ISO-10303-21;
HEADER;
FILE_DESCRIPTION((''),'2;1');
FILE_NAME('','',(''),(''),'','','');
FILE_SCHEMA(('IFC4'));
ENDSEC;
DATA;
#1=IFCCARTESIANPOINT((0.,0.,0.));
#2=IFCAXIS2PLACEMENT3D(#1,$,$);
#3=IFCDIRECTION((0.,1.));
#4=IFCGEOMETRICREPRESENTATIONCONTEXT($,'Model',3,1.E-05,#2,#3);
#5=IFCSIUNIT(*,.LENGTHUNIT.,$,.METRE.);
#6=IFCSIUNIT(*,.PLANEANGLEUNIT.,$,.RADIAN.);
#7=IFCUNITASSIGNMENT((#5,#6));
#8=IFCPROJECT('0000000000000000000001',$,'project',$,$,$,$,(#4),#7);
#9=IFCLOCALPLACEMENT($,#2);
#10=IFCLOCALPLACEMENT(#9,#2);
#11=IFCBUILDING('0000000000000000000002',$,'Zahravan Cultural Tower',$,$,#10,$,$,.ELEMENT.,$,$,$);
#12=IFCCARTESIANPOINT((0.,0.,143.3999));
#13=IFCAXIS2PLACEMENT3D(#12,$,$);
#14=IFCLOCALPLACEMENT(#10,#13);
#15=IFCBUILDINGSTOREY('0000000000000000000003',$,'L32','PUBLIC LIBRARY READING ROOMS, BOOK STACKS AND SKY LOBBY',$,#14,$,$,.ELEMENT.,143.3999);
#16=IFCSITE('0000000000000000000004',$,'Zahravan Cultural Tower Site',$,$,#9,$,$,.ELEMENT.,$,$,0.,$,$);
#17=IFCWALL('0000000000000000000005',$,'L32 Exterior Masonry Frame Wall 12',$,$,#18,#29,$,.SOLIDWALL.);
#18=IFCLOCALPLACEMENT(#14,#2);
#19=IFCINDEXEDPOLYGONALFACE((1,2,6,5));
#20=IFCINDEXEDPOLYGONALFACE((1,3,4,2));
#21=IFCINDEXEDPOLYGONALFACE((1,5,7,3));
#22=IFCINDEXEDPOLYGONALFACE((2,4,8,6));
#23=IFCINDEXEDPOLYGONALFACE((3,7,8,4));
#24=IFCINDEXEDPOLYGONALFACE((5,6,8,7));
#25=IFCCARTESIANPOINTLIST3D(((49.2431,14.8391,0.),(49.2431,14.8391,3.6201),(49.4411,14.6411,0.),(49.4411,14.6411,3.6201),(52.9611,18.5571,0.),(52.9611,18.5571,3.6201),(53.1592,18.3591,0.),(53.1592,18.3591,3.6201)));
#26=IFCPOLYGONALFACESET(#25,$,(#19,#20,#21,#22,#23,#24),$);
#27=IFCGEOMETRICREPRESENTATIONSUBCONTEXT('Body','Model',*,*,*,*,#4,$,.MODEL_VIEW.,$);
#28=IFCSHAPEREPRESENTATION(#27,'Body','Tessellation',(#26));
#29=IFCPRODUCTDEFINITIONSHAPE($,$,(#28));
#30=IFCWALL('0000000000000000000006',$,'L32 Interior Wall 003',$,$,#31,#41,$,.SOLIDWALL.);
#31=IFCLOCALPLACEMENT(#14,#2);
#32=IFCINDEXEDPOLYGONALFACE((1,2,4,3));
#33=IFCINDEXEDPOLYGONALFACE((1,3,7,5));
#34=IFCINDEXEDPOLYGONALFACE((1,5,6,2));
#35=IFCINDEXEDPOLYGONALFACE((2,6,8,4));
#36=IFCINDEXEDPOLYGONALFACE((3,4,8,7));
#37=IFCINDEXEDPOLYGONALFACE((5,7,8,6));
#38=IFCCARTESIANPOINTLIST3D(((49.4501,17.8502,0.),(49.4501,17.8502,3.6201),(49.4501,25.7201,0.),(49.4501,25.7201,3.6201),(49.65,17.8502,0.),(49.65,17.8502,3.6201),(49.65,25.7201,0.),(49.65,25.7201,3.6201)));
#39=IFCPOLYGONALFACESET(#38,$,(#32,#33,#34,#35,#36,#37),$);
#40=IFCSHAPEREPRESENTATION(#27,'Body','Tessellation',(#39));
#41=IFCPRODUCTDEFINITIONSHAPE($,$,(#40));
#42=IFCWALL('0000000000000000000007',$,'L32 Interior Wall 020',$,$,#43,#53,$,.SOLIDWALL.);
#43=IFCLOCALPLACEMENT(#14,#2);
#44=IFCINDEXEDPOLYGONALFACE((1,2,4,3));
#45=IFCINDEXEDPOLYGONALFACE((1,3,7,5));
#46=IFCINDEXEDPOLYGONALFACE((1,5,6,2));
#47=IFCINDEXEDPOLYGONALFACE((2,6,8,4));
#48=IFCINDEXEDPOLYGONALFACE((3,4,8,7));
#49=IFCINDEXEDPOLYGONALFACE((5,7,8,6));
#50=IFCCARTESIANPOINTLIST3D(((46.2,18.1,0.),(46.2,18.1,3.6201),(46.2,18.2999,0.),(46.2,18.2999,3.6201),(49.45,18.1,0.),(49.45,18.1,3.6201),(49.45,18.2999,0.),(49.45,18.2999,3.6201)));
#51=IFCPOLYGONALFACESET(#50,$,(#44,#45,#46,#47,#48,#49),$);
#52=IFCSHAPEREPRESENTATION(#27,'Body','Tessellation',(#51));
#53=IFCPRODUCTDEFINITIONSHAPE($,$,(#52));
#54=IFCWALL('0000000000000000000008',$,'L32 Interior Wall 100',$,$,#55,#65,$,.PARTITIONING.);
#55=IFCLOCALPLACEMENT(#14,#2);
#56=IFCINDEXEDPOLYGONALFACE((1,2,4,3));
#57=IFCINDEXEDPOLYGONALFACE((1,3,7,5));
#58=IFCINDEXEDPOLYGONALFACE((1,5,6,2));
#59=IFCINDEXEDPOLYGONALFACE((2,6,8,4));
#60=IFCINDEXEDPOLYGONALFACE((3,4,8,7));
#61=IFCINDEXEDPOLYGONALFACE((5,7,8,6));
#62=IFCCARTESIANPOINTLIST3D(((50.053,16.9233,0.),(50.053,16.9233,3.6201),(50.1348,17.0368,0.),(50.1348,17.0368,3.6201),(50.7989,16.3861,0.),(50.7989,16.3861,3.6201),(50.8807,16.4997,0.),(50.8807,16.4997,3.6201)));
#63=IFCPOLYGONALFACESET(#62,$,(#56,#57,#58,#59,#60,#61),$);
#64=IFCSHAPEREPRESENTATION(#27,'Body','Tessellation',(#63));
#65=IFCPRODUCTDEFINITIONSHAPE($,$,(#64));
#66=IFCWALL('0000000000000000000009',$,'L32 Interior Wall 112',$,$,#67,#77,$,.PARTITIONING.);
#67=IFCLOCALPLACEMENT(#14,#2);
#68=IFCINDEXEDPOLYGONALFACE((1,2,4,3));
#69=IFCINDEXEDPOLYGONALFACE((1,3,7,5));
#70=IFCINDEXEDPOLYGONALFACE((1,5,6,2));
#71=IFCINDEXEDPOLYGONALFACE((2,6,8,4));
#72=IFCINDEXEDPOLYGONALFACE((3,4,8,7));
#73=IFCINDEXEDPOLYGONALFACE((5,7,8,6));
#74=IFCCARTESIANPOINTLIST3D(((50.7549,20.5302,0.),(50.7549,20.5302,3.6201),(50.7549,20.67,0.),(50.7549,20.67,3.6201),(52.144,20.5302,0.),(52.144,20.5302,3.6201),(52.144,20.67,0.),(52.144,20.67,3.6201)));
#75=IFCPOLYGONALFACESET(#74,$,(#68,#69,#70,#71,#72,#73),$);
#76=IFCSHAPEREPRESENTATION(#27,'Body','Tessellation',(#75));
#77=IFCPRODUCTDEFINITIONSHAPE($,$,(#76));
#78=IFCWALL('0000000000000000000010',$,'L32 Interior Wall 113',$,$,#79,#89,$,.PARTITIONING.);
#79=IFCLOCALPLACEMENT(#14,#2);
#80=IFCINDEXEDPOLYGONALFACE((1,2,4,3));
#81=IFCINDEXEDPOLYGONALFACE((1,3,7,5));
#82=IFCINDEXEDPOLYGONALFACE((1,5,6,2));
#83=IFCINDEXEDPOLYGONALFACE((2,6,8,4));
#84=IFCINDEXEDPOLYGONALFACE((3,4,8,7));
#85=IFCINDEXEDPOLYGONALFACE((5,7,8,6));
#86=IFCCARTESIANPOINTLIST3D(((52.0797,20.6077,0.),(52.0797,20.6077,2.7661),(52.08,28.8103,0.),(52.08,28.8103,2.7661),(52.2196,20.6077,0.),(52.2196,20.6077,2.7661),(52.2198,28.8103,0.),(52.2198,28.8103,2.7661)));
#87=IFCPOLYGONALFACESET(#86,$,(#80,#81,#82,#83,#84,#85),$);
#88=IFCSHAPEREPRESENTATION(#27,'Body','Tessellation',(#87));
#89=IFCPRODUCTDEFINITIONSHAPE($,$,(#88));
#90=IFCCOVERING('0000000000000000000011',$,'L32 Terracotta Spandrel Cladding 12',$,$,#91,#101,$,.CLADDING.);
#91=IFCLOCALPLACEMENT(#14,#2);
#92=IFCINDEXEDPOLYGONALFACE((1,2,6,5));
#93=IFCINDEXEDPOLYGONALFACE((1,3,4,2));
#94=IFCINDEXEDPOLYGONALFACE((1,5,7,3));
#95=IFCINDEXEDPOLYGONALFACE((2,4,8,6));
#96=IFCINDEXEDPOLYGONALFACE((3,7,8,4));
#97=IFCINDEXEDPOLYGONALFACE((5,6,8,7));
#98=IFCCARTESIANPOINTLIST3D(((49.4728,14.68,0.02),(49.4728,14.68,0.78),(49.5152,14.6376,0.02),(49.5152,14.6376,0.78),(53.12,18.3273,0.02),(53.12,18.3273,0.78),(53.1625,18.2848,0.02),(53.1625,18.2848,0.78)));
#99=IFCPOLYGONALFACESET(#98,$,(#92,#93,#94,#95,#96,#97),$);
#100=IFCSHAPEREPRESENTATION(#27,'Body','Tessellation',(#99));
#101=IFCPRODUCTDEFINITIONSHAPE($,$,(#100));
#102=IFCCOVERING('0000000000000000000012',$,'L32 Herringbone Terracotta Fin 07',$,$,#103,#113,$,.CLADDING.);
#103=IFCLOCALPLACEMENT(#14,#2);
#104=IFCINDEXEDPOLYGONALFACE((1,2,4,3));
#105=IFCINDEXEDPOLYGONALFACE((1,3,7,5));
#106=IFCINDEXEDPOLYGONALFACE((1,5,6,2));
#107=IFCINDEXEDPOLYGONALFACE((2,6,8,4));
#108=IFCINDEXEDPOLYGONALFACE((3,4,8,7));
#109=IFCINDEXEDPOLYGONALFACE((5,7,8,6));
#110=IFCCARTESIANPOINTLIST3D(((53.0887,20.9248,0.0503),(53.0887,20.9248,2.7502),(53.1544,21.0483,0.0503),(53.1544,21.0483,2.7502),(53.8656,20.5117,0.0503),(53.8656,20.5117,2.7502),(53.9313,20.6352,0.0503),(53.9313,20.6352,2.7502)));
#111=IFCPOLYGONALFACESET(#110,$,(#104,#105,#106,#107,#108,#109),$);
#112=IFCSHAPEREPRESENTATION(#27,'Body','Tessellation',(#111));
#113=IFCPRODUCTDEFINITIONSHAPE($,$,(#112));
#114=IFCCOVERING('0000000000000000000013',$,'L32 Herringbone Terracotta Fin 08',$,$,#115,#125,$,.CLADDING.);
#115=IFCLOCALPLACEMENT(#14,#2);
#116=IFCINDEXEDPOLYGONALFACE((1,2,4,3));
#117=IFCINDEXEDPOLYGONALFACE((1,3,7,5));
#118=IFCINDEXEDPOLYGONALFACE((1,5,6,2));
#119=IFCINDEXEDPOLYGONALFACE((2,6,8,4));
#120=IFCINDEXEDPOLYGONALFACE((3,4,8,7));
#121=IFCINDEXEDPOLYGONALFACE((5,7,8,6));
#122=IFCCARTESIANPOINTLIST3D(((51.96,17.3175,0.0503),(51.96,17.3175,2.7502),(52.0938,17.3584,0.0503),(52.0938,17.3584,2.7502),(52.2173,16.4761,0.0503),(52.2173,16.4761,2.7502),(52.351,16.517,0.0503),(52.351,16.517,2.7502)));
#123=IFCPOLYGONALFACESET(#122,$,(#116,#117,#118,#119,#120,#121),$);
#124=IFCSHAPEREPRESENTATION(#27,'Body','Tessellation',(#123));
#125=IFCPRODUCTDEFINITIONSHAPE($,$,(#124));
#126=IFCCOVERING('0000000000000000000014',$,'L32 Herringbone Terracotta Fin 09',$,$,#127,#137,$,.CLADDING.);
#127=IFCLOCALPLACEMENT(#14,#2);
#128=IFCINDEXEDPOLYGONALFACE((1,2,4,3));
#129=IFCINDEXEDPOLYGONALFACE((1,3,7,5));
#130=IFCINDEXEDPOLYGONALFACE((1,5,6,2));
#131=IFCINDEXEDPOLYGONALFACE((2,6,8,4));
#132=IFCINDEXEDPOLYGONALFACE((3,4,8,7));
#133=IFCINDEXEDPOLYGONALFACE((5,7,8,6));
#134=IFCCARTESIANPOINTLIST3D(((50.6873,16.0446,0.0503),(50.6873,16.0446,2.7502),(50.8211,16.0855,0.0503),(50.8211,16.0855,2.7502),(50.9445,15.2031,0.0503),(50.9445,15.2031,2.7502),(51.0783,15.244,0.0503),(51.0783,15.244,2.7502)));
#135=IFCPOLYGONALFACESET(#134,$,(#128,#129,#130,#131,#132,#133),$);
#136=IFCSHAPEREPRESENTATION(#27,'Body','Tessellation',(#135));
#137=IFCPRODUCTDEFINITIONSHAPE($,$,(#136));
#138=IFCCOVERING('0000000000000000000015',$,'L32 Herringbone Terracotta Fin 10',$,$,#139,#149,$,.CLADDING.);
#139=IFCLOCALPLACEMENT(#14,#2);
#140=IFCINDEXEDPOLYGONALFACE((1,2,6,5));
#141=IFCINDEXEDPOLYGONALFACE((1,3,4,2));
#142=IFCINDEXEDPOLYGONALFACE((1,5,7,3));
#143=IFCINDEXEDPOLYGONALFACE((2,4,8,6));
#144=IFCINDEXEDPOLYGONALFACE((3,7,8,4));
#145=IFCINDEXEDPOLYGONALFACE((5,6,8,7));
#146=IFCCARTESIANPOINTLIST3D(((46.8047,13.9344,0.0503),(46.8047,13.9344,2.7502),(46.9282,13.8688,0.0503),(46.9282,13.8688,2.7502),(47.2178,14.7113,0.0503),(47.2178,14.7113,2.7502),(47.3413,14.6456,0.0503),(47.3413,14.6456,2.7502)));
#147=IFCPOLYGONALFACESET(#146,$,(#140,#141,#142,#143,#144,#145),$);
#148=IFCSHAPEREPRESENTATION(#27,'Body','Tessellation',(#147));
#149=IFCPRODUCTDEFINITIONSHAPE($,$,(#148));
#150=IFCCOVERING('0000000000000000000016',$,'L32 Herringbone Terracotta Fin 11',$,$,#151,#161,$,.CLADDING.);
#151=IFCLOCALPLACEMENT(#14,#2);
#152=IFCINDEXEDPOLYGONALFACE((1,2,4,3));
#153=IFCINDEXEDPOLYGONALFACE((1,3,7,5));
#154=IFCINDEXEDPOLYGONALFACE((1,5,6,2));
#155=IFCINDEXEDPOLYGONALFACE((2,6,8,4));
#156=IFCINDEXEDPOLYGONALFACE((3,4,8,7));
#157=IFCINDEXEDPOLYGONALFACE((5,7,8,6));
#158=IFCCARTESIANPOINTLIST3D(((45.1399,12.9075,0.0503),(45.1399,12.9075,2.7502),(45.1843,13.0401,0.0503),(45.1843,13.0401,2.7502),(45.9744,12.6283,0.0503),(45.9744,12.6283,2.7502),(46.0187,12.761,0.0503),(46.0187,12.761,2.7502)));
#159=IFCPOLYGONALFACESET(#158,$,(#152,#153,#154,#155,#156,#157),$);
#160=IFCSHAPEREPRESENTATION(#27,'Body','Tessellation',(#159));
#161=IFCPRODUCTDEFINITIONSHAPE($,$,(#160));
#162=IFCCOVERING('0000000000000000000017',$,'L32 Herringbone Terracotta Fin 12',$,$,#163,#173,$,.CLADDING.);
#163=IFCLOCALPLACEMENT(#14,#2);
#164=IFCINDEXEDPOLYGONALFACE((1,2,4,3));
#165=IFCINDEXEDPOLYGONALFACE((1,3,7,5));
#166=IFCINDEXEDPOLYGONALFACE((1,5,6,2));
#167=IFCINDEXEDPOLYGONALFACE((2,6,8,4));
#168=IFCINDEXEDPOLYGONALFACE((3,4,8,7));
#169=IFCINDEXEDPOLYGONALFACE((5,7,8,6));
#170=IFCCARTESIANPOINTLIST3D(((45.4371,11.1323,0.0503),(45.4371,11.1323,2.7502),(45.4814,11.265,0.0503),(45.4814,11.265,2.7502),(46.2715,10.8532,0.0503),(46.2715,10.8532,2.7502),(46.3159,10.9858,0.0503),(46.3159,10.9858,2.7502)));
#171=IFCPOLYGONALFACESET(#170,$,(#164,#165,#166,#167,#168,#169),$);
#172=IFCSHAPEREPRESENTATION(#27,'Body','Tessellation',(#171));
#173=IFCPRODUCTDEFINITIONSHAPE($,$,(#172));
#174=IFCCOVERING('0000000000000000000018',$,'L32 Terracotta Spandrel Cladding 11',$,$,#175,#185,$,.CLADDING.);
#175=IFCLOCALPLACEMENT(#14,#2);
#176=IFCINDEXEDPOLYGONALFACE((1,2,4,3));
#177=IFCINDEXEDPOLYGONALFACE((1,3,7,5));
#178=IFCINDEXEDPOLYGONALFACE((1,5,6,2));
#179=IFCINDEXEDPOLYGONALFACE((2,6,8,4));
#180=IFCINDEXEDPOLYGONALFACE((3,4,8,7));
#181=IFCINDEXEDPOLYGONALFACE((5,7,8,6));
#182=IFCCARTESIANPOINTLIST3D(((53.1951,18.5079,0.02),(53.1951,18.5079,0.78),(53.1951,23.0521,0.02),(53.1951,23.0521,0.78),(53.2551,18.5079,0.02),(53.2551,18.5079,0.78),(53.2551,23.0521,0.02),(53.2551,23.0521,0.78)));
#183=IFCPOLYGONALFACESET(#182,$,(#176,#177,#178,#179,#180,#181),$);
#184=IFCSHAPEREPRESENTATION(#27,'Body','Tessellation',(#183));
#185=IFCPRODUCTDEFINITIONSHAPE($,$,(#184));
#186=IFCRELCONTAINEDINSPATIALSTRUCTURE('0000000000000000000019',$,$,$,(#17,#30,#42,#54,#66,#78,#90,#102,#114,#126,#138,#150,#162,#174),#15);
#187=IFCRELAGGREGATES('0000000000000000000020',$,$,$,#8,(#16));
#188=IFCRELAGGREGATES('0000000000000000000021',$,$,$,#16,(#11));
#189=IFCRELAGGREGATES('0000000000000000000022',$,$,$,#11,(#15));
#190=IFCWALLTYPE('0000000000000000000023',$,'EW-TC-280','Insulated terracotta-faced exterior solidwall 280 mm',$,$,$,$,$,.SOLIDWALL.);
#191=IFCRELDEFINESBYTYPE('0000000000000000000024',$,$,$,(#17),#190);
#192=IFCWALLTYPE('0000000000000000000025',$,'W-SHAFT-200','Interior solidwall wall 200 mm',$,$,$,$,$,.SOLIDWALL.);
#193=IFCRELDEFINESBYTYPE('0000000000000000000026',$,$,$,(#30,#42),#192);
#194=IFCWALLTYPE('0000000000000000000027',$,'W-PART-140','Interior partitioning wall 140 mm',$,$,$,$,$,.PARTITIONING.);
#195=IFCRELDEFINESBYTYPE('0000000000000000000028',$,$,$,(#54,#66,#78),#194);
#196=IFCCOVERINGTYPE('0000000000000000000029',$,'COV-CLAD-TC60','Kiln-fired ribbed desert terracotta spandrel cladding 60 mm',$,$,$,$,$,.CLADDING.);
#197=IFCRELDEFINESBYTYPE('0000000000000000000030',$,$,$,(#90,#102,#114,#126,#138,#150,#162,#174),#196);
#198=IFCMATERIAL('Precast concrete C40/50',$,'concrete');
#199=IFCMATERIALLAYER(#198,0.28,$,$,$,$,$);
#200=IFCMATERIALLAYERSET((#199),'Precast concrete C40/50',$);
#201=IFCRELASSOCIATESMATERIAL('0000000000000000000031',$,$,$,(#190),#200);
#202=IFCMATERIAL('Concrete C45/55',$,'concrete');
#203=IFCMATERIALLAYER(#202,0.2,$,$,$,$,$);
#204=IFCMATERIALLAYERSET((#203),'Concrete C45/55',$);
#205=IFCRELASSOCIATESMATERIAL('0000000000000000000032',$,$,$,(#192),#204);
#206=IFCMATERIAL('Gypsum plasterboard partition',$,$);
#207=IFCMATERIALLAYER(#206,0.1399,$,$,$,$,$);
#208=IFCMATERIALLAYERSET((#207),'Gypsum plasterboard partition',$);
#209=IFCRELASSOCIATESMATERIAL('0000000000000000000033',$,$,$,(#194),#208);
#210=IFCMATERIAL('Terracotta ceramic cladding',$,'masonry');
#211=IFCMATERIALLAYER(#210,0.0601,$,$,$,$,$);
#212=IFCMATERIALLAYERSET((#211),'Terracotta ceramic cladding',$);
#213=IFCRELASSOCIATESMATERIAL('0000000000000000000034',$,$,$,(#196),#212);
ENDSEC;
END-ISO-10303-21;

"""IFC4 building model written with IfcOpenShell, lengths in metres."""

from ifc_helpers import new_model, si_unit, direction, frame, frame_2d, origin, origin_2d, place, context, subcontext, project, spatial, rectangle, extrude, source, transform, mapped, material, layer, layer_set, type_object, element, save


model = new_model("IFC4")

# Units and contexts
model_context = context("Model", 3, precision=1e-05, world=origin(), true_north=direction((0.0, 1.0)))
body_context = subcontext(model_context, "Body", "Model", "MODEL_VIEW")
ifc_project = project(units=[si_unit("LENGTHUNIT", "METRE"), si_unit("PLANEANGLEUNIT", "RADIAN")], contexts=[model_context])

# Site, building, storey
site_placement = place(None, origin())
site = spatial("IfcSite", under=ifc_project, at=site_placement, Name="Zahravan Cultural Tower Site", CompositionType="ELEMENT", RefElevation=0.0)
building_placement = place(site_placement, origin())
building = spatial("IfcBuilding", under=site, at=building_placement, Name="Zahravan Cultural Tower", CompositionType="ELEMENT")
storey_placement = place(building_placement, frame((0.0, 0.0, 143.3999)))
storey = spatial("IfcBuildingStorey", under=building, at=storey_placement, Name="L32", Description="PUBLIC LIBRARY READING ROOMS, BOOK STACKS AND SKY LOBBY", CompositionType="ELEMENT", Elevation=143.3999)

# Shared definitions
ifc_material_1 = material(Name="Precast concrete C40/50", Category="concrete")
ifc_layer_1 = layer(ifc_material_1, 0.28)
ifc_layer_set_1 = layer_set([ifc_layer_1], Name="Precast concrete C40/50")
wall_type_1 = type_object("IfcWallType", Name="EW-TC-280", Description="Insulated terracotta-faced exterior solidwall 280 mm", PredefinedType="SOLIDWALL", material=ifc_layer_set_1)

# Shared definitions
ifc_material_2 = material(Name="Concrete C45/55", Category="concrete")
ifc_layer_2 = layer(ifc_material_2, 0.2)
ifc_layer_set_2 = layer_set([ifc_layer_2], Name="Concrete C45/55")
wall_type_2 = type_object("IfcWallType", Name="W-SHAFT-200", Description="Interior solidwall wall 200 mm", PredefinedType="SOLIDWALL", material=ifc_layer_set_2)

# Walls
shared_shape_1 = source(origin(), body_context, "Body", "SweptSolid", [
    extrude(rectangle(XDim=5.2581, YDim=0.28, at=frame_2d((2.6289, 0.0))), origin(), (0.0, 0.0, 1.0), 3.6201),
])
wall_1_placement = place(storey_placement, frame((53.0601, 18.458, 0.0), z_axis=(0.0, 0.0, 1.0), x_axis=(-0.707107, -0.707107, 0.0)))
element("IfcWall", 1, at=wall_1_placement, inside=storey, type_object=wall_type_1, Name="L32 Exterior Masonry Frame Wall 12", PredefinedType="SOLIDWALL", context=body_context, shape_type="MappedRepresentation", body=[
    mapped(shared_shape_1, transform((0.0, 0.0, 0.0), x_axis=(1.0, 0.0, 0.0), y_axis=(0.0, 1.0, 0.0), z_axis=(0.0, 0.0, 1.0), scale=1.0)),
])
shared_shape_2 = source(origin(), body_context, "Body", "SweptSolid", [
    extrude(rectangle(XDim=7.8699, YDim=0.2, at=frame_2d((3.9351, 0.0))), origin(), (0.0, 0.0, 1.0), 3.6201),
])
wall_2_placement = place(storey_placement, frame((49.55, 17.8501, 0.0), z_axis=(0.0, 0.0, 1.0), x_axis=(0.0, 1.0, 0.0)))
element("IfcWall", 2, at=wall_2_placement, inside=storey, type_object=wall_type_2, Name="L32 Interior Wall 003", PredefinedType="SOLIDWALL", context=body_context, shape_type="MappedRepresentation", body=[
    mapped(shared_shape_2, transform((0.0, 0.0, 0.0), x_axis=(1.0, 0.0, 0.0), y_axis=(0.0, 1.0, 0.0), z_axis=(0.0, 0.0, 1.0), scale=1.0)),
])
shared_shape_3 = source(origin(), body_context, "Body", "SweptSolid", [
    extrude(rectangle(XDim=3.25, YDim=0.2, at=frame_2d((1.625, 0.0))), origin(), (0.0, 0.0, 1.0), 3.6201),
])
wall_3_placement = place(storey_placement, frame((46.2, 18.2, 0.0), z_axis=(0.0, 0.0, 1.0), x_axis=(1.0, 0.0, 0.0)))
element("IfcWall", 3, at=wall_3_placement, inside=storey, type_object=wall_type_2, Name="L32 Interior Wall 020", PredefinedType="SOLIDWALL", context=body_context, shape_type="MappedRepresentation", body=[
    mapped(shared_shape_3, transform((0.0, 0.0, 0.0), x_axis=(1.0, 0.0, 0.0), y_axis=(0.0, 1.0, 0.0), z_axis=(0.0, 0.0, 1.0), scale=1.0)),
])
ifc_material_3 = material(Name="Gypsum plasterboard partition")
ifc_layer_3 = layer(ifc_material_3, 0.1399)
ifc_layer_set_3 = layer_set([ifc_layer_3], Name="Gypsum plasterboard partition")
wall_type_3 = type_object("IfcWallType", Name="W-PART-140", Description="Interior partitioning wall 140 mm", PredefinedType="PARTITIONING", material=ifc_layer_set_3)
shared_shape_4 = source(origin(), body_context, "Body", "SweptSolid", [
    extrude(rectangle(XDim=0.9192, YDim=0.1399, at=frame_2d((0.4595, 0.0))), origin(), (0.0, 0.0, 1.0), 3.6201),
])
wall_4_placement = place(storey_placement, frame((50.094, 16.98, 0.0), z_axis=(0.0, 0.0, 1.0), x_axis=(0.811484, -0.584375, 0.0)))
element("IfcWall", 4, at=wall_4_placement, inside=storey, type_object=wall_type_3, Name="L32 Interior Wall 100", PredefinedType="PARTITIONING", context=body_context, shape_type="MappedRepresentation", body=[
    mapped(shared_shape_4, transform((0.0, 0.0, 0.0), x_axis=(1.0, 0.0, 0.0), y_axis=(0.0, 1.0, 0.0), z_axis=(0.0, 0.0, 1.0), scale=1.0)),
])
shared_shape_5 = source(origin(), body_context, "Body", "SweptSolid", [
    extrude(rectangle(XDim=1.3892, YDim=0.1399, at=frame_2d((0.6946, 0.0))), origin(), (0.0, 0.0, 1.0), 3.6201),
])
wall_5_placement = place(storey_placement, frame((50.7549, 20.6001, 0.0), z_axis=(0.0, 0.0, 1.0), x_axis=(1.0, 0.0, 0.0)))
element("IfcWall", 5, at=wall_5_placement, inside=storey, type_object=wall_type_3, Name="L32 Interior Wall 112", PredefinedType="PARTITIONING", context=body_context, shape_type="MappedRepresentation", body=[
    mapped(shared_shape_5, transform((0.0, 0.0, 0.0), x_axis=(1.0, 0.0, 0.0), y_axis=(0.0, 1.0, 0.0), z_axis=(0.0, 0.0, 1.0), scale=1.0)),
])
shared_shape_6 = source(origin(), body_context, "Body", "SweptSolid", [
    extrude(rectangle(XDim=8.2026, YDim=0.1399, at=frame_2d((4.1013, 0.0))), origin(), (0.0, 0.0, 1.0), 2.7661),
])
wall_6_placement = place(storey_placement, frame((52.1497, 20.6077, 0.0), z_axis=(0.0, 0.0, 1.0), x_axis=(0.00003, 1.0, 0.0)))
element("IfcWall", 6, at=wall_6_placement, inside=storey, type_object=wall_type_3, Name="L32 Interior Wall 113", PredefinedType="PARTITIONING", context=body_context, shape_type="MappedRepresentation", body=[
    mapped(shared_shape_6, transform((0.0, 0.0, 0.0), x_axis=(1.0, 0.0, 0.0), y_axis=(0.0, 1.0, 0.0), z_axis=(0.0, 0.0, 1.0), scale=1.0)),
])

# Coverings
ifc_material_4 = material(Name="Terracotta ceramic cladding", Category="masonry")
ifc_layer_4 = layer(ifc_material_4, 0.0601)
ifc_layer_set_4 = layer_set([ifc_layer_4], Name="Terracotta ceramic cladding")
covering_type = type_object("IfcCoveringType", Name="COV-CLAD-TC60", Description="Kiln-fired ribbed desert terracotta spandrel cladding 60 mm", PredefinedType="CLADDING", material=ifc_layer_set_4)
shared_shape_7 = source(origin(), body_context, "Body", "SweptSolid", [
    extrude(rectangle(XDim=5.158, YDim=0.0601, at=origin_2d()), origin(), (0.0, 0.0, 1.0), 0.76),
])
covering_1_placement = place(storey_placement, frame((51.3176, 16.4824, 0.02), z_axis=(0.0, 0.0, 1.0), x_axis=(-0.707107, -0.707107, 0.0)))
element("IfcCovering", 7, at=covering_1_placement, inside=storey, type_object=covering_type, Name="L32 Terracotta Spandrel Cladding 12", PredefinedType="CLADDING", context=body_context, shape_type="MappedRepresentation", body=[
    mapped(shared_shape_7, transform((0.0, 0.0, 0.0), x_axis=(1.0, 0.0, 0.0), y_axis=(0.0, 1.0, 0.0), z_axis=(0.0, 0.0, 1.0), scale=1.0)),
])
shared_shape_8 = source(origin(), body_context, "Body", "SweptSolid", [
    extrude(rectangle(XDim=0.8799, YDim=0.1399, at=origin_2d()), origin(), (0.0, 0.0, 1.0), 2.7),
])
for number, where, z_axis, x_axis, name in (
    (8, (53.51, 20.78, 0.0503), (0.0, 0.0, 1.0), (0.882948, -0.469472, 0.0), "L32 Herringbone Terracotta Fin 07"),
    (9, (52.1555, 16.9172, 0.0503), (0.0, 0.0, 1.0), (0.292372, -0.956305, 0.0), "L32 Herringbone Terracotta Fin 08"),
    (10, (50.8828, 15.6443, 0.0503), (0.0, 0.0, 1.0), (0.292372, -0.956305, 0.0), "L32 Herringbone Terracotta Fin 09"),
    (11, (47.073, 14.29, 0.0503), (0.0, 0.0, 1.0), (-0.469472, -0.882948, 0.0), "L32 Herringbone Terracotta Fin 10"),
    (12, (45.5793, 12.8342, 0.0503), (0.0, 0.0, 1.0), (0.948329, -0.317288, 0.0), "L32 Herringbone Terracotta Fin 11"),
    (13, (45.8765, 11.0591, 0.0503), (0.0, 0.0, 1.0), (0.948329, -0.317288, 0.0), "L32 Herringbone Terracotta Fin 12"),
):
    element("IfcCovering", number, at=place(storey_placement, frame(where, z_axis=z_axis, x_axis=x_axis)), inside=storey, type_object=covering_type, Name=name, PredefinedType="CLADDING", context=body_context, shape_type="MappedRepresentation", body=[
        mapped(shared_shape_8, transform((0.0, 0.0, 0.0), x_axis=(1.0, 0.0, 0.0), y_axis=(0.0, 1.0, 0.0), z_axis=(0.0, 0.0, 1.0), scale=1.0)),
    ])
shared_shape_9 = source(origin(), body_context, "Body", "SweptSolid", [
    extrude(rectangle(XDim=4.5442, YDim=0.0601, at=origin_2d()), origin(), (0.0, 0.0, 1.0), 0.76),
])
covering_2_placement = place(storey_placement, frame((53.2251, 20.78, 0.02), z_axis=(0.0, 0.0, 1.0), x_axis=(0.0, -1.0, 0.0)))
element("IfcCovering", 14, at=covering_2_placement, inside=storey, type_object=covering_type, Name="L32 Terracotta Spandrel Cladding 11", PredefinedType="CLADDING", context=body_context, shape_type="MappedRepresentation", body=[
    mapped(shared_shape_9, transform((0.0, 0.0, 0.0), x_axis=(1.0, 0.0, 0.0), y_axis=(0.0, 1.0, 0.0), z_axis=(0.0, 0.0, 1.0), scale=1.0)),
])

save(model, "model.ifc")
